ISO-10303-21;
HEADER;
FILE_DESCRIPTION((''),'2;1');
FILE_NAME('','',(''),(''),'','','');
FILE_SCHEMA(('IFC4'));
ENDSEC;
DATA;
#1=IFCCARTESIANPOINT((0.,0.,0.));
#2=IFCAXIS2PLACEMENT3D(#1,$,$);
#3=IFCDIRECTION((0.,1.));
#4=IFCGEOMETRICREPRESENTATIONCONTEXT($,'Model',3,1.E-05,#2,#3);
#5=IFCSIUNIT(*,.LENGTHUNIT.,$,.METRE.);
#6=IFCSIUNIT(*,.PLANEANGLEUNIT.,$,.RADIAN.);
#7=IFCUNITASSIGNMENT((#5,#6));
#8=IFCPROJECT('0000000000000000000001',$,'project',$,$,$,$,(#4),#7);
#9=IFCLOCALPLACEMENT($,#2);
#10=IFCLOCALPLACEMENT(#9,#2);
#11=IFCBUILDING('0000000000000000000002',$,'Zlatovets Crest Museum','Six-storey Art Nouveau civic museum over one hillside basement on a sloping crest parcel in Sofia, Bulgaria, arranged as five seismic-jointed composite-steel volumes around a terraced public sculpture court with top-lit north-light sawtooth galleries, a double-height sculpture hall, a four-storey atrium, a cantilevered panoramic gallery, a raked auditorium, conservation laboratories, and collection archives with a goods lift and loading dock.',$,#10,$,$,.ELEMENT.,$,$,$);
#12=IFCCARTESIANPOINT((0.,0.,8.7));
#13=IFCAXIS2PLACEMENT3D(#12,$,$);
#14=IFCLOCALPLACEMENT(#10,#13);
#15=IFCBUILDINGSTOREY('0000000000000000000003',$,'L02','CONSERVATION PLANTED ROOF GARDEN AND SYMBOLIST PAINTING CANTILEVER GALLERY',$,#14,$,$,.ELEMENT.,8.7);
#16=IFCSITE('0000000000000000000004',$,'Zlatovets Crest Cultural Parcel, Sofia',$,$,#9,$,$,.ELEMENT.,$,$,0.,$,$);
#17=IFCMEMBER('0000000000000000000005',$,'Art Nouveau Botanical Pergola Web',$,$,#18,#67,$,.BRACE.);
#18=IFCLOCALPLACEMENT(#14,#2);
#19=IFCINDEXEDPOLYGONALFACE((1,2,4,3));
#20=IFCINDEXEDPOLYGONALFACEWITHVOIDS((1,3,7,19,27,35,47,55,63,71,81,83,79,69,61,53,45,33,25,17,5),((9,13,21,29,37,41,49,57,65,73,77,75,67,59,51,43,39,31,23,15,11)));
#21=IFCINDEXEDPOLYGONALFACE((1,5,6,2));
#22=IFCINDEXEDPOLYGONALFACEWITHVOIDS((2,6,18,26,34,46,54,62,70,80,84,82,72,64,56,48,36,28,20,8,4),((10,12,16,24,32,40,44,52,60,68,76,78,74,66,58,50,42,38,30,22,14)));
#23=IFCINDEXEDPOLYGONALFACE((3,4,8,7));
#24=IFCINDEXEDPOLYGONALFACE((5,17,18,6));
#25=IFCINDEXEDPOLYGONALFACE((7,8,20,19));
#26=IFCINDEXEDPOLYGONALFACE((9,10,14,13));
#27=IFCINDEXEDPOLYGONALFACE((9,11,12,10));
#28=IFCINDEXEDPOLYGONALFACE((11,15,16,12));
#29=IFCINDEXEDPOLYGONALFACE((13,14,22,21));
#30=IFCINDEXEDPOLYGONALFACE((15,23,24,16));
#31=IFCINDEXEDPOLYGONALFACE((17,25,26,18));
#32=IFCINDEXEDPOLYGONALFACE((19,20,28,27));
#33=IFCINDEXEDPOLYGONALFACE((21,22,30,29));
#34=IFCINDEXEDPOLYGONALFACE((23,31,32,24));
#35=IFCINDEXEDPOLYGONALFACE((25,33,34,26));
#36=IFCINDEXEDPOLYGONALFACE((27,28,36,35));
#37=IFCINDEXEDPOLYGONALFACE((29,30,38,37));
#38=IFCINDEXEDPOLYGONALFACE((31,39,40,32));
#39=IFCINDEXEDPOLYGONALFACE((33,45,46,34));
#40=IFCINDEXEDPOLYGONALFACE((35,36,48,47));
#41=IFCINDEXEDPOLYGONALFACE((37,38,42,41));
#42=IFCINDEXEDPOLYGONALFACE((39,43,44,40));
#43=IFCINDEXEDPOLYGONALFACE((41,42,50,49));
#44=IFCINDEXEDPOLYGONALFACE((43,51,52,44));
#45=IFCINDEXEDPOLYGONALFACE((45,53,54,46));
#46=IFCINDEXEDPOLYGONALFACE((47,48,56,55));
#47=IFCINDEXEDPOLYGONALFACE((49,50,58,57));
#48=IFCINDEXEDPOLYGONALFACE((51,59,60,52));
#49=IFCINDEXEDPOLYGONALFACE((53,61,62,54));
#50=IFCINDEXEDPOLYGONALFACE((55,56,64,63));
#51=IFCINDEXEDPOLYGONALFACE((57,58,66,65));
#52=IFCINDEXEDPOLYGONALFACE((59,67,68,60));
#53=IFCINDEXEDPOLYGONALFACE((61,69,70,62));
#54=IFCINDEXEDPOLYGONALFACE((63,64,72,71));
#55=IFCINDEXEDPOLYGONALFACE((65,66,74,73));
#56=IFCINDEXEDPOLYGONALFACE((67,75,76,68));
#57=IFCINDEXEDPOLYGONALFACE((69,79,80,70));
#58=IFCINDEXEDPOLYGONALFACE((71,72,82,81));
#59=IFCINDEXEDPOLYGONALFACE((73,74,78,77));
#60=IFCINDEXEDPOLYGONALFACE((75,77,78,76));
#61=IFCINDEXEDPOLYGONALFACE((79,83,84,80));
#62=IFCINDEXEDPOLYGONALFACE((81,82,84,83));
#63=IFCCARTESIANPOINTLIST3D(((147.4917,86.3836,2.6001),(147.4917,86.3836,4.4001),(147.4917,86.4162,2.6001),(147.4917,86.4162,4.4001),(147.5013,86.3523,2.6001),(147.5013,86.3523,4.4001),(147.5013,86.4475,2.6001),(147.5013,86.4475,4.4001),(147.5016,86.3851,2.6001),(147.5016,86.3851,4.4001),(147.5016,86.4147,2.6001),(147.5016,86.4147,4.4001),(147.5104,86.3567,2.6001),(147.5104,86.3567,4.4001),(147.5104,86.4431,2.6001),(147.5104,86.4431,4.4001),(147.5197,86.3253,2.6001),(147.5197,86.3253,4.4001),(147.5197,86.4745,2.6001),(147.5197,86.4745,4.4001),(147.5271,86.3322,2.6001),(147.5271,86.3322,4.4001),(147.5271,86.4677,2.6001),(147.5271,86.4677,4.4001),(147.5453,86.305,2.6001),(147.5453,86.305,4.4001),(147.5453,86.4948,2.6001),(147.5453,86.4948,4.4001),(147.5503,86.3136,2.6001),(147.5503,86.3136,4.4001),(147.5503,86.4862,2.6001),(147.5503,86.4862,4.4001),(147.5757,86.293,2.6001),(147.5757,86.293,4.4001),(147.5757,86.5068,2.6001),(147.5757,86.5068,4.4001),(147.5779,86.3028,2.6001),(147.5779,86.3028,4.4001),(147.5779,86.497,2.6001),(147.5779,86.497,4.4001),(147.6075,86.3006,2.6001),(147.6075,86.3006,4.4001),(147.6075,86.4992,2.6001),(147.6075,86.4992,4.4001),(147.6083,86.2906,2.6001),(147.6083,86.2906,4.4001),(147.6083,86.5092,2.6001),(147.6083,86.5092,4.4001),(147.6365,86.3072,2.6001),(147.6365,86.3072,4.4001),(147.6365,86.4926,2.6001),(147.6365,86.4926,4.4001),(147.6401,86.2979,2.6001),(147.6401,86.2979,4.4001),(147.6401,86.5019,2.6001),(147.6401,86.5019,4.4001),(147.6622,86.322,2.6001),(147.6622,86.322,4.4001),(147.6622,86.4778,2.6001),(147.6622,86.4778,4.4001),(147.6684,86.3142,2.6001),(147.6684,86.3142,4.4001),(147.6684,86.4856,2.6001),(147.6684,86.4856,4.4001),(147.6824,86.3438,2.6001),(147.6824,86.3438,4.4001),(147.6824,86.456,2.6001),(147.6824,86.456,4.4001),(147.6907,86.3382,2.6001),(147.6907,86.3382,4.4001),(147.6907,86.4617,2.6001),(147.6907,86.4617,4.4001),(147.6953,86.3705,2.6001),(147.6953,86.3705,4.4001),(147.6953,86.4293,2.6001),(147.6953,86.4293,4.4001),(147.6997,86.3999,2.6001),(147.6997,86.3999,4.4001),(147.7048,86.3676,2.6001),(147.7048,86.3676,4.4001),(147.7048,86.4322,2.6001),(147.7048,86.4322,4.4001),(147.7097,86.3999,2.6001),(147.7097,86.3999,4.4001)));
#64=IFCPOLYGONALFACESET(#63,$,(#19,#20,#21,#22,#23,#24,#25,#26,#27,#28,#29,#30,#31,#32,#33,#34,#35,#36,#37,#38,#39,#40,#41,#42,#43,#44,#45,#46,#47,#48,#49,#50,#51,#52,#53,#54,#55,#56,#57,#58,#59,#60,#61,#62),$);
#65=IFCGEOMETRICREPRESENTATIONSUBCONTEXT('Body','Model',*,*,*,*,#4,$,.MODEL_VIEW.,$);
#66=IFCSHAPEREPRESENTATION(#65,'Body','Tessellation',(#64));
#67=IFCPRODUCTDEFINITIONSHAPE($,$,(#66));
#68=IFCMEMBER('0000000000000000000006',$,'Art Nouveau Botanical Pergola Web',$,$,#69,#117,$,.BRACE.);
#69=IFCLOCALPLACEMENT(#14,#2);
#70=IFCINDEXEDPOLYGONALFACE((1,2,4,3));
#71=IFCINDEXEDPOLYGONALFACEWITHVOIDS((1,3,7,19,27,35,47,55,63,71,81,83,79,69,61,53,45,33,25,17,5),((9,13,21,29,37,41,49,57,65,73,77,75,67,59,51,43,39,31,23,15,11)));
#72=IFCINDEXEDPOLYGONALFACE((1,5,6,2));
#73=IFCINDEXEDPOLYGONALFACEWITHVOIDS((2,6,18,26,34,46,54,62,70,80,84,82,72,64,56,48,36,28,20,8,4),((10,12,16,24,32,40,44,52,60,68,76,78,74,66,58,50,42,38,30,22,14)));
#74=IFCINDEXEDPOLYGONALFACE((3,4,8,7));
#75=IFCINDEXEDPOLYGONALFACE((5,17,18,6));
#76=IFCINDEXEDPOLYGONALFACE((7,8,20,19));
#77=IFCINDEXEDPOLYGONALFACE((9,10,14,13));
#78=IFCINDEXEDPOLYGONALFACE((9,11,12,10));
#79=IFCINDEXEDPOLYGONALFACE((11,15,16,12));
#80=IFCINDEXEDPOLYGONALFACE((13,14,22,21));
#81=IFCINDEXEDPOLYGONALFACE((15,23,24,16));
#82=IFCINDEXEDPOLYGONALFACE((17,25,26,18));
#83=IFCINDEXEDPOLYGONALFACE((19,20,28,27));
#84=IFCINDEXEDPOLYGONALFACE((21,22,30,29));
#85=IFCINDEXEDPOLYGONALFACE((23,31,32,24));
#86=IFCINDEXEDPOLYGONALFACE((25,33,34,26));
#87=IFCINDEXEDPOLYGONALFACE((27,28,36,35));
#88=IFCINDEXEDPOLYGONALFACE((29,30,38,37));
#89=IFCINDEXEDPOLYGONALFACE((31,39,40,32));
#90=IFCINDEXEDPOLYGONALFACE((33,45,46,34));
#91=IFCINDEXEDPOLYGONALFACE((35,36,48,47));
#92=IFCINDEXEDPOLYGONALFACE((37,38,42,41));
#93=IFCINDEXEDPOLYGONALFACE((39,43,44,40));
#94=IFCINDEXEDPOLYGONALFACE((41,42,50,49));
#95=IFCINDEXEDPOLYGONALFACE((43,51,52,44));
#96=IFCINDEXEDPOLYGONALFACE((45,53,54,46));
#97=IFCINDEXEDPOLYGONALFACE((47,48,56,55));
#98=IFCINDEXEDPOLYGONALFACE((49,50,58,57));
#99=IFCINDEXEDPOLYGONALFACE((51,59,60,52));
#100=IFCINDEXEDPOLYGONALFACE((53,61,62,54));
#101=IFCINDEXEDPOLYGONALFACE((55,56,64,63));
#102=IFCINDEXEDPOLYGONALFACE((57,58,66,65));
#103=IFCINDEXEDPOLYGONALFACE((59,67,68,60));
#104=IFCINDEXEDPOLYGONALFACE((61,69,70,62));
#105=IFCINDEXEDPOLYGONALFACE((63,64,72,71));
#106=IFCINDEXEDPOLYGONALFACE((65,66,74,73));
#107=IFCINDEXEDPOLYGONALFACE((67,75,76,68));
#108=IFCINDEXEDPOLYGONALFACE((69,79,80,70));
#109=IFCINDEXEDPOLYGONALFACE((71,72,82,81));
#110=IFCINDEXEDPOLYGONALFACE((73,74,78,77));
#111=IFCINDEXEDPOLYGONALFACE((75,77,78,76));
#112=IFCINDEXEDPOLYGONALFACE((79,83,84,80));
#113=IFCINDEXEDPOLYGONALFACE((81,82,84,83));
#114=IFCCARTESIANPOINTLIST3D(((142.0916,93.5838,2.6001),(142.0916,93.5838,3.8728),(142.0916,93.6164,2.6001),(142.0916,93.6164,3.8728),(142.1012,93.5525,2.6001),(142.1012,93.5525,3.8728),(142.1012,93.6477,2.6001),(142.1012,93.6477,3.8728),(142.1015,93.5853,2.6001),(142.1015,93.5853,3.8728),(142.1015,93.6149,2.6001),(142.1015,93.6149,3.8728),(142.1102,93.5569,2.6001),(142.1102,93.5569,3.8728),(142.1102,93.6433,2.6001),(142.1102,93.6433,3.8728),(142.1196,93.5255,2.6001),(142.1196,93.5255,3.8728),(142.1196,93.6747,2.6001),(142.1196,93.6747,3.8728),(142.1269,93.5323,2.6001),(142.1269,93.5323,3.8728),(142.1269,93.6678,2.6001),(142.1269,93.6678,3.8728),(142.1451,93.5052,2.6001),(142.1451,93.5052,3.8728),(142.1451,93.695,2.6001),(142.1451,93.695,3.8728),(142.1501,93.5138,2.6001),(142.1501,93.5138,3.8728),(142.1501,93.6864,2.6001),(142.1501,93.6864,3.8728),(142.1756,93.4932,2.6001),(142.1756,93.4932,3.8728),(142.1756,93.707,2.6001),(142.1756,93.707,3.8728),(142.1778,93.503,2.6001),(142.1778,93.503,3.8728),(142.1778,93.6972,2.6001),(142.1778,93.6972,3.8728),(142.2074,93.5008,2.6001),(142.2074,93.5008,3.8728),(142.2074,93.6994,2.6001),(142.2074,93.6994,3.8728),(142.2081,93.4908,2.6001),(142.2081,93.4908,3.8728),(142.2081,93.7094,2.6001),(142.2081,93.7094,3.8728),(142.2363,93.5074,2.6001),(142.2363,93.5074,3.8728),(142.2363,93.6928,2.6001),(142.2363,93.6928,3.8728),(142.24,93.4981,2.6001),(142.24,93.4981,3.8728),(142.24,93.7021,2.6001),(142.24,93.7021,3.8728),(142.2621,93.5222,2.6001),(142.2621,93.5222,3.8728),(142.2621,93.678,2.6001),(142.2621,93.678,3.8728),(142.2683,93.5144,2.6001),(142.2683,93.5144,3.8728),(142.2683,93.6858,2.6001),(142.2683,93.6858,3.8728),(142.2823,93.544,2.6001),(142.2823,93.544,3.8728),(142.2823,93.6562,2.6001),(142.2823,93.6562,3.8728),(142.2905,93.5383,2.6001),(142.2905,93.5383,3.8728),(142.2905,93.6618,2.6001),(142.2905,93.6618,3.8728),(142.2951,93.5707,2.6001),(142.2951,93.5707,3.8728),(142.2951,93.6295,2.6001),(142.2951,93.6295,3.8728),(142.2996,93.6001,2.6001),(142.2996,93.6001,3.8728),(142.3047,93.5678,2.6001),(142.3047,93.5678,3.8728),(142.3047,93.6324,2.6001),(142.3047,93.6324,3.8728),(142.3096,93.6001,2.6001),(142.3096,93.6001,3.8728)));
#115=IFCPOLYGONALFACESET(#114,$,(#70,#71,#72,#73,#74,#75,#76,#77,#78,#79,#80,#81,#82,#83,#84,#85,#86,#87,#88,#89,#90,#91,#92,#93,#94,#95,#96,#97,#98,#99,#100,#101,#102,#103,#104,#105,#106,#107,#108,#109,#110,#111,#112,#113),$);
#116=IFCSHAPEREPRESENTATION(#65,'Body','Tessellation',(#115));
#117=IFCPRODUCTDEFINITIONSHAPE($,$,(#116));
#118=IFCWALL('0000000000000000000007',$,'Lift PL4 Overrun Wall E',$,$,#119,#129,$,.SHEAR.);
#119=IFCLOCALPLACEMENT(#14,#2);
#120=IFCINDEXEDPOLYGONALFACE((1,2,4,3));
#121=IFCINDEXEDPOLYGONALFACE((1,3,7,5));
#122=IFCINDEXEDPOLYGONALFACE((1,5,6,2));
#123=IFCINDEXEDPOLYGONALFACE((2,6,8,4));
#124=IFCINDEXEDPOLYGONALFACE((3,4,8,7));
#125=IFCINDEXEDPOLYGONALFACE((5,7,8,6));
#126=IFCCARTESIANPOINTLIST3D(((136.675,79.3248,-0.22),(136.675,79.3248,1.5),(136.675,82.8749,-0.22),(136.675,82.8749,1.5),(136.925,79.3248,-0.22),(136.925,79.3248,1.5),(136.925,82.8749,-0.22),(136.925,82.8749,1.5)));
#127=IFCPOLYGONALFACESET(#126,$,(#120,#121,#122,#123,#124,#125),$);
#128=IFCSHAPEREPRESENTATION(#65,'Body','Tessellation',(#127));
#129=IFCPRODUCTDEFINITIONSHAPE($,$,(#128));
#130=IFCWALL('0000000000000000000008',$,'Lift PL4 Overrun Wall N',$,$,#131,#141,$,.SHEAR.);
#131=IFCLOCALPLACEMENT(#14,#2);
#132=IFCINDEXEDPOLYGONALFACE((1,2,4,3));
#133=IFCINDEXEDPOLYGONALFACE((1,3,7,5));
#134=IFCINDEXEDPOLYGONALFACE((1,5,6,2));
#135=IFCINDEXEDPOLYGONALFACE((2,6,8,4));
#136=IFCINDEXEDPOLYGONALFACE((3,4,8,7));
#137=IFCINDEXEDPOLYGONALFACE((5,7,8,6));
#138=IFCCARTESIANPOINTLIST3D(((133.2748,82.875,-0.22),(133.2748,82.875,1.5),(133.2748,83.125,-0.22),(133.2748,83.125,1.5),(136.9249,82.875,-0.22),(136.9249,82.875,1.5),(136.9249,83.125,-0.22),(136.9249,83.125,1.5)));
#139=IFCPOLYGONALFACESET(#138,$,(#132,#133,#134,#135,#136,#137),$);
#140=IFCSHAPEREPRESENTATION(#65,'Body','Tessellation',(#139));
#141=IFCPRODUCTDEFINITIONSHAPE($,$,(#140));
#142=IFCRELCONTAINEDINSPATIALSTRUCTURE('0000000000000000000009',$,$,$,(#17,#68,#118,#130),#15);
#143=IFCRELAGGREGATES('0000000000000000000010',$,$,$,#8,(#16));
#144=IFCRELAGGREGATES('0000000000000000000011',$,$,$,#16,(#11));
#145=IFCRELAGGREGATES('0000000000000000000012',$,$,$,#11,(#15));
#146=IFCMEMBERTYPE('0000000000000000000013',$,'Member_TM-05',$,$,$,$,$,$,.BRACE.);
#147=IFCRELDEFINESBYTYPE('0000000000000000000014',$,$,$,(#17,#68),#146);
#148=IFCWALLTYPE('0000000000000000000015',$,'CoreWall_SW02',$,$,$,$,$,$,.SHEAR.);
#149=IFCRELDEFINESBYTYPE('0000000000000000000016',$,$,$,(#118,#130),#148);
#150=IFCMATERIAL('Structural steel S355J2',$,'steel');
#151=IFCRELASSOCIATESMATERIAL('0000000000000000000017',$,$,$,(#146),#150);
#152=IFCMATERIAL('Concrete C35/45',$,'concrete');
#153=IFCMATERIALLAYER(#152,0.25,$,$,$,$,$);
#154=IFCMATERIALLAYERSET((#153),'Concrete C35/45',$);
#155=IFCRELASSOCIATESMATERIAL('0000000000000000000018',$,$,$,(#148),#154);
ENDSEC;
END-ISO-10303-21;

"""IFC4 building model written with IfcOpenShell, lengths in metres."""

from ifc_helpers import new_model, si_unit, direction, frame, frame_2d, origin, origin_2d, place, context, subcontext, project, spatial, rectangle, hollow_circle, extrude, material, layer, layer_set, material_profile, profile_set, type_object, element, save


model = new_model("IFC4")

# Units and contexts
model_context = context("Model", 3, precision=1e-05, world=origin(), true_north=direction((0.0, 1.0)))
body_context = subcontext(model_context, "Body", "Model", "MODEL_VIEW")
ifc_project = project(units=[si_unit("LENGTHUNIT", "METRE"), si_unit("PLANEANGLEUNIT", "RADIAN")], contexts=[model_context])

# Site, building, storey
site_placement = place(None, origin())
site = spatial("IfcSite", under=ifc_project, at=site_placement, Name="Zlatovets Crest Cultural Parcel, Sofia", CompositionType="ELEMENT", RefElevation=0.0)
building_placement = place(site_placement, origin())
building = spatial("IfcBuilding", under=site, at=building_placement, Name="Zlatovets Crest Museum", Description="Six-storey Art Nouveau civic museum over one hillside basement on a sloping crest parcel in Sofia, Bulgaria, arranged as five seismic-jointed composite-steel volumes around a terraced public sculpture court with top-lit north-light sawtooth galleries, a double-height sculpture hall, a four-storey atrium, a cantilevered panoramic gallery, a raked auditorium, conservation laboratories, and collection archives with a goods lift and loading dock.", CompositionType="ELEMENT")
storey_placement = place(building_placement, frame((0.0, 0.0, 8.7)))
storey = spatial("IfcBuildingStorey", under=building, at=storey_placement, Name="L02", Description="CONSERVATION PLANTED ROOF GARDEN AND SYMBOLIST PAINTING CANTILEVER GALLERY", CompositionType="ELEMENT", Elevation=8.7)

# Shared definitions
ifc_material_1 = material(Name="Structural steel S355J2", Category="steel")

# Members
ifc_material_profile_1 = material_profile(ifc_material_1, hollow_circle(Radius=0.1096, WallThickness=0.01, at=origin_2d()), Name="CHS 219.1x10.0")
ifc_profile_set_1 = profile_set([ifc_material_profile_1], Name="Structural steel S355J2")
member_type_1 = type_object("IfcMemberType", Name="Member_TM-05", PredefinedType="BRACE", material=ifc_profile_set_1)
member_1_placement = place(storey_placement, frame((147.6001, 86.3999, 2.6001), z_axis=(0.0, 0.0, 1.0), x_axis=(1.0, 0.0, 0.0)))
element("IfcMember", 1, at=member_1_placement, inside=storey, type_object=member_type_1, Name="Art Nouveau Botanical Pergola Web", PredefinedType="BRACE", context=body_context, shape_type="SweptSolid", body=[
    extrude(hollow_circle(Radius=0.1096, WallThickness=0.01, at=origin_2d()), origin(), (0.0, 0.0, 1.0), 1.8),
])
member_2_placement = place(storey_placement, frame((142.2, 93.6001, 2.6001), z_axis=(0.0, 0.0, 1.0), x_axis=(1.0, 0.0, 0.0)))
element("IfcMember", 2, at=member_2_placement, inside=storey, type_object=member_type_1, Name="Art Nouveau Botanical Pergola Web", PredefinedType="BRACE", context=body_context, shape_type="SweptSolid", body=[
    extrude(hollow_circle(Radius=0.1096, WallThickness=0.01, at=origin_2d()), origin(), (0.0, 0.0, 1.0), 1.2727),
])

# Walls
ifc_material_2 = material(Name="Concrete C35/45", Category="concrete")
ifc_layer = layer(ifc_material_2, 0.25)
ifc_layer_set = layer_set([ifc_layer], Name="Concrete C35/45")
wall_type = type_object("IfcWallType", Name="CoreWall_SW02", PredefinedType="SHEAR", material=ifc_layer_set)
wall_1_placement = place(storey_placement, frame((136.8, 79.325, -0.22), z_axis=(0.0, 0.0, 1.0), x_axis=(0.0, 1.0, 0.0)))
element("IfcWall", 3, at=wall_1_placement, inside=storey, type_object=wall_type, Name="Lift PL4 Overrun Wall E", PredefinedType="SHEAR", context=body_context, shape_type="SweptSolid", body=[
    extrude(rectangle(XDim=3.55, YDim=0.25, at=frame_2d((1.7749, 0.0))), origin(), (0.0, 0.0, 1.0), 1.72),
])
wall_2_placement = place(storey_placement, frame((136.925, 83.0, -0.22), z_axis=(0.0, 0.0, 1.0), x_axis=(-1.0, 0.0, 0.0)))
element("IfcWall", 4, at=wall_2_placement, inside=storey, type_object=wall_type, Name="Lift PL4 Overrun Wall N", PredefinedType="SHEAR", context=body_context, shape_type="SweptSolid", body=[
    extrude(rectangle(XDim=3.6501, YDim=0.25, at=frame_2d((1.8252, 0.0))), origin(), (0.0, 0.0, 1.0), 1.72),
])

save(model, "model.ifc")
